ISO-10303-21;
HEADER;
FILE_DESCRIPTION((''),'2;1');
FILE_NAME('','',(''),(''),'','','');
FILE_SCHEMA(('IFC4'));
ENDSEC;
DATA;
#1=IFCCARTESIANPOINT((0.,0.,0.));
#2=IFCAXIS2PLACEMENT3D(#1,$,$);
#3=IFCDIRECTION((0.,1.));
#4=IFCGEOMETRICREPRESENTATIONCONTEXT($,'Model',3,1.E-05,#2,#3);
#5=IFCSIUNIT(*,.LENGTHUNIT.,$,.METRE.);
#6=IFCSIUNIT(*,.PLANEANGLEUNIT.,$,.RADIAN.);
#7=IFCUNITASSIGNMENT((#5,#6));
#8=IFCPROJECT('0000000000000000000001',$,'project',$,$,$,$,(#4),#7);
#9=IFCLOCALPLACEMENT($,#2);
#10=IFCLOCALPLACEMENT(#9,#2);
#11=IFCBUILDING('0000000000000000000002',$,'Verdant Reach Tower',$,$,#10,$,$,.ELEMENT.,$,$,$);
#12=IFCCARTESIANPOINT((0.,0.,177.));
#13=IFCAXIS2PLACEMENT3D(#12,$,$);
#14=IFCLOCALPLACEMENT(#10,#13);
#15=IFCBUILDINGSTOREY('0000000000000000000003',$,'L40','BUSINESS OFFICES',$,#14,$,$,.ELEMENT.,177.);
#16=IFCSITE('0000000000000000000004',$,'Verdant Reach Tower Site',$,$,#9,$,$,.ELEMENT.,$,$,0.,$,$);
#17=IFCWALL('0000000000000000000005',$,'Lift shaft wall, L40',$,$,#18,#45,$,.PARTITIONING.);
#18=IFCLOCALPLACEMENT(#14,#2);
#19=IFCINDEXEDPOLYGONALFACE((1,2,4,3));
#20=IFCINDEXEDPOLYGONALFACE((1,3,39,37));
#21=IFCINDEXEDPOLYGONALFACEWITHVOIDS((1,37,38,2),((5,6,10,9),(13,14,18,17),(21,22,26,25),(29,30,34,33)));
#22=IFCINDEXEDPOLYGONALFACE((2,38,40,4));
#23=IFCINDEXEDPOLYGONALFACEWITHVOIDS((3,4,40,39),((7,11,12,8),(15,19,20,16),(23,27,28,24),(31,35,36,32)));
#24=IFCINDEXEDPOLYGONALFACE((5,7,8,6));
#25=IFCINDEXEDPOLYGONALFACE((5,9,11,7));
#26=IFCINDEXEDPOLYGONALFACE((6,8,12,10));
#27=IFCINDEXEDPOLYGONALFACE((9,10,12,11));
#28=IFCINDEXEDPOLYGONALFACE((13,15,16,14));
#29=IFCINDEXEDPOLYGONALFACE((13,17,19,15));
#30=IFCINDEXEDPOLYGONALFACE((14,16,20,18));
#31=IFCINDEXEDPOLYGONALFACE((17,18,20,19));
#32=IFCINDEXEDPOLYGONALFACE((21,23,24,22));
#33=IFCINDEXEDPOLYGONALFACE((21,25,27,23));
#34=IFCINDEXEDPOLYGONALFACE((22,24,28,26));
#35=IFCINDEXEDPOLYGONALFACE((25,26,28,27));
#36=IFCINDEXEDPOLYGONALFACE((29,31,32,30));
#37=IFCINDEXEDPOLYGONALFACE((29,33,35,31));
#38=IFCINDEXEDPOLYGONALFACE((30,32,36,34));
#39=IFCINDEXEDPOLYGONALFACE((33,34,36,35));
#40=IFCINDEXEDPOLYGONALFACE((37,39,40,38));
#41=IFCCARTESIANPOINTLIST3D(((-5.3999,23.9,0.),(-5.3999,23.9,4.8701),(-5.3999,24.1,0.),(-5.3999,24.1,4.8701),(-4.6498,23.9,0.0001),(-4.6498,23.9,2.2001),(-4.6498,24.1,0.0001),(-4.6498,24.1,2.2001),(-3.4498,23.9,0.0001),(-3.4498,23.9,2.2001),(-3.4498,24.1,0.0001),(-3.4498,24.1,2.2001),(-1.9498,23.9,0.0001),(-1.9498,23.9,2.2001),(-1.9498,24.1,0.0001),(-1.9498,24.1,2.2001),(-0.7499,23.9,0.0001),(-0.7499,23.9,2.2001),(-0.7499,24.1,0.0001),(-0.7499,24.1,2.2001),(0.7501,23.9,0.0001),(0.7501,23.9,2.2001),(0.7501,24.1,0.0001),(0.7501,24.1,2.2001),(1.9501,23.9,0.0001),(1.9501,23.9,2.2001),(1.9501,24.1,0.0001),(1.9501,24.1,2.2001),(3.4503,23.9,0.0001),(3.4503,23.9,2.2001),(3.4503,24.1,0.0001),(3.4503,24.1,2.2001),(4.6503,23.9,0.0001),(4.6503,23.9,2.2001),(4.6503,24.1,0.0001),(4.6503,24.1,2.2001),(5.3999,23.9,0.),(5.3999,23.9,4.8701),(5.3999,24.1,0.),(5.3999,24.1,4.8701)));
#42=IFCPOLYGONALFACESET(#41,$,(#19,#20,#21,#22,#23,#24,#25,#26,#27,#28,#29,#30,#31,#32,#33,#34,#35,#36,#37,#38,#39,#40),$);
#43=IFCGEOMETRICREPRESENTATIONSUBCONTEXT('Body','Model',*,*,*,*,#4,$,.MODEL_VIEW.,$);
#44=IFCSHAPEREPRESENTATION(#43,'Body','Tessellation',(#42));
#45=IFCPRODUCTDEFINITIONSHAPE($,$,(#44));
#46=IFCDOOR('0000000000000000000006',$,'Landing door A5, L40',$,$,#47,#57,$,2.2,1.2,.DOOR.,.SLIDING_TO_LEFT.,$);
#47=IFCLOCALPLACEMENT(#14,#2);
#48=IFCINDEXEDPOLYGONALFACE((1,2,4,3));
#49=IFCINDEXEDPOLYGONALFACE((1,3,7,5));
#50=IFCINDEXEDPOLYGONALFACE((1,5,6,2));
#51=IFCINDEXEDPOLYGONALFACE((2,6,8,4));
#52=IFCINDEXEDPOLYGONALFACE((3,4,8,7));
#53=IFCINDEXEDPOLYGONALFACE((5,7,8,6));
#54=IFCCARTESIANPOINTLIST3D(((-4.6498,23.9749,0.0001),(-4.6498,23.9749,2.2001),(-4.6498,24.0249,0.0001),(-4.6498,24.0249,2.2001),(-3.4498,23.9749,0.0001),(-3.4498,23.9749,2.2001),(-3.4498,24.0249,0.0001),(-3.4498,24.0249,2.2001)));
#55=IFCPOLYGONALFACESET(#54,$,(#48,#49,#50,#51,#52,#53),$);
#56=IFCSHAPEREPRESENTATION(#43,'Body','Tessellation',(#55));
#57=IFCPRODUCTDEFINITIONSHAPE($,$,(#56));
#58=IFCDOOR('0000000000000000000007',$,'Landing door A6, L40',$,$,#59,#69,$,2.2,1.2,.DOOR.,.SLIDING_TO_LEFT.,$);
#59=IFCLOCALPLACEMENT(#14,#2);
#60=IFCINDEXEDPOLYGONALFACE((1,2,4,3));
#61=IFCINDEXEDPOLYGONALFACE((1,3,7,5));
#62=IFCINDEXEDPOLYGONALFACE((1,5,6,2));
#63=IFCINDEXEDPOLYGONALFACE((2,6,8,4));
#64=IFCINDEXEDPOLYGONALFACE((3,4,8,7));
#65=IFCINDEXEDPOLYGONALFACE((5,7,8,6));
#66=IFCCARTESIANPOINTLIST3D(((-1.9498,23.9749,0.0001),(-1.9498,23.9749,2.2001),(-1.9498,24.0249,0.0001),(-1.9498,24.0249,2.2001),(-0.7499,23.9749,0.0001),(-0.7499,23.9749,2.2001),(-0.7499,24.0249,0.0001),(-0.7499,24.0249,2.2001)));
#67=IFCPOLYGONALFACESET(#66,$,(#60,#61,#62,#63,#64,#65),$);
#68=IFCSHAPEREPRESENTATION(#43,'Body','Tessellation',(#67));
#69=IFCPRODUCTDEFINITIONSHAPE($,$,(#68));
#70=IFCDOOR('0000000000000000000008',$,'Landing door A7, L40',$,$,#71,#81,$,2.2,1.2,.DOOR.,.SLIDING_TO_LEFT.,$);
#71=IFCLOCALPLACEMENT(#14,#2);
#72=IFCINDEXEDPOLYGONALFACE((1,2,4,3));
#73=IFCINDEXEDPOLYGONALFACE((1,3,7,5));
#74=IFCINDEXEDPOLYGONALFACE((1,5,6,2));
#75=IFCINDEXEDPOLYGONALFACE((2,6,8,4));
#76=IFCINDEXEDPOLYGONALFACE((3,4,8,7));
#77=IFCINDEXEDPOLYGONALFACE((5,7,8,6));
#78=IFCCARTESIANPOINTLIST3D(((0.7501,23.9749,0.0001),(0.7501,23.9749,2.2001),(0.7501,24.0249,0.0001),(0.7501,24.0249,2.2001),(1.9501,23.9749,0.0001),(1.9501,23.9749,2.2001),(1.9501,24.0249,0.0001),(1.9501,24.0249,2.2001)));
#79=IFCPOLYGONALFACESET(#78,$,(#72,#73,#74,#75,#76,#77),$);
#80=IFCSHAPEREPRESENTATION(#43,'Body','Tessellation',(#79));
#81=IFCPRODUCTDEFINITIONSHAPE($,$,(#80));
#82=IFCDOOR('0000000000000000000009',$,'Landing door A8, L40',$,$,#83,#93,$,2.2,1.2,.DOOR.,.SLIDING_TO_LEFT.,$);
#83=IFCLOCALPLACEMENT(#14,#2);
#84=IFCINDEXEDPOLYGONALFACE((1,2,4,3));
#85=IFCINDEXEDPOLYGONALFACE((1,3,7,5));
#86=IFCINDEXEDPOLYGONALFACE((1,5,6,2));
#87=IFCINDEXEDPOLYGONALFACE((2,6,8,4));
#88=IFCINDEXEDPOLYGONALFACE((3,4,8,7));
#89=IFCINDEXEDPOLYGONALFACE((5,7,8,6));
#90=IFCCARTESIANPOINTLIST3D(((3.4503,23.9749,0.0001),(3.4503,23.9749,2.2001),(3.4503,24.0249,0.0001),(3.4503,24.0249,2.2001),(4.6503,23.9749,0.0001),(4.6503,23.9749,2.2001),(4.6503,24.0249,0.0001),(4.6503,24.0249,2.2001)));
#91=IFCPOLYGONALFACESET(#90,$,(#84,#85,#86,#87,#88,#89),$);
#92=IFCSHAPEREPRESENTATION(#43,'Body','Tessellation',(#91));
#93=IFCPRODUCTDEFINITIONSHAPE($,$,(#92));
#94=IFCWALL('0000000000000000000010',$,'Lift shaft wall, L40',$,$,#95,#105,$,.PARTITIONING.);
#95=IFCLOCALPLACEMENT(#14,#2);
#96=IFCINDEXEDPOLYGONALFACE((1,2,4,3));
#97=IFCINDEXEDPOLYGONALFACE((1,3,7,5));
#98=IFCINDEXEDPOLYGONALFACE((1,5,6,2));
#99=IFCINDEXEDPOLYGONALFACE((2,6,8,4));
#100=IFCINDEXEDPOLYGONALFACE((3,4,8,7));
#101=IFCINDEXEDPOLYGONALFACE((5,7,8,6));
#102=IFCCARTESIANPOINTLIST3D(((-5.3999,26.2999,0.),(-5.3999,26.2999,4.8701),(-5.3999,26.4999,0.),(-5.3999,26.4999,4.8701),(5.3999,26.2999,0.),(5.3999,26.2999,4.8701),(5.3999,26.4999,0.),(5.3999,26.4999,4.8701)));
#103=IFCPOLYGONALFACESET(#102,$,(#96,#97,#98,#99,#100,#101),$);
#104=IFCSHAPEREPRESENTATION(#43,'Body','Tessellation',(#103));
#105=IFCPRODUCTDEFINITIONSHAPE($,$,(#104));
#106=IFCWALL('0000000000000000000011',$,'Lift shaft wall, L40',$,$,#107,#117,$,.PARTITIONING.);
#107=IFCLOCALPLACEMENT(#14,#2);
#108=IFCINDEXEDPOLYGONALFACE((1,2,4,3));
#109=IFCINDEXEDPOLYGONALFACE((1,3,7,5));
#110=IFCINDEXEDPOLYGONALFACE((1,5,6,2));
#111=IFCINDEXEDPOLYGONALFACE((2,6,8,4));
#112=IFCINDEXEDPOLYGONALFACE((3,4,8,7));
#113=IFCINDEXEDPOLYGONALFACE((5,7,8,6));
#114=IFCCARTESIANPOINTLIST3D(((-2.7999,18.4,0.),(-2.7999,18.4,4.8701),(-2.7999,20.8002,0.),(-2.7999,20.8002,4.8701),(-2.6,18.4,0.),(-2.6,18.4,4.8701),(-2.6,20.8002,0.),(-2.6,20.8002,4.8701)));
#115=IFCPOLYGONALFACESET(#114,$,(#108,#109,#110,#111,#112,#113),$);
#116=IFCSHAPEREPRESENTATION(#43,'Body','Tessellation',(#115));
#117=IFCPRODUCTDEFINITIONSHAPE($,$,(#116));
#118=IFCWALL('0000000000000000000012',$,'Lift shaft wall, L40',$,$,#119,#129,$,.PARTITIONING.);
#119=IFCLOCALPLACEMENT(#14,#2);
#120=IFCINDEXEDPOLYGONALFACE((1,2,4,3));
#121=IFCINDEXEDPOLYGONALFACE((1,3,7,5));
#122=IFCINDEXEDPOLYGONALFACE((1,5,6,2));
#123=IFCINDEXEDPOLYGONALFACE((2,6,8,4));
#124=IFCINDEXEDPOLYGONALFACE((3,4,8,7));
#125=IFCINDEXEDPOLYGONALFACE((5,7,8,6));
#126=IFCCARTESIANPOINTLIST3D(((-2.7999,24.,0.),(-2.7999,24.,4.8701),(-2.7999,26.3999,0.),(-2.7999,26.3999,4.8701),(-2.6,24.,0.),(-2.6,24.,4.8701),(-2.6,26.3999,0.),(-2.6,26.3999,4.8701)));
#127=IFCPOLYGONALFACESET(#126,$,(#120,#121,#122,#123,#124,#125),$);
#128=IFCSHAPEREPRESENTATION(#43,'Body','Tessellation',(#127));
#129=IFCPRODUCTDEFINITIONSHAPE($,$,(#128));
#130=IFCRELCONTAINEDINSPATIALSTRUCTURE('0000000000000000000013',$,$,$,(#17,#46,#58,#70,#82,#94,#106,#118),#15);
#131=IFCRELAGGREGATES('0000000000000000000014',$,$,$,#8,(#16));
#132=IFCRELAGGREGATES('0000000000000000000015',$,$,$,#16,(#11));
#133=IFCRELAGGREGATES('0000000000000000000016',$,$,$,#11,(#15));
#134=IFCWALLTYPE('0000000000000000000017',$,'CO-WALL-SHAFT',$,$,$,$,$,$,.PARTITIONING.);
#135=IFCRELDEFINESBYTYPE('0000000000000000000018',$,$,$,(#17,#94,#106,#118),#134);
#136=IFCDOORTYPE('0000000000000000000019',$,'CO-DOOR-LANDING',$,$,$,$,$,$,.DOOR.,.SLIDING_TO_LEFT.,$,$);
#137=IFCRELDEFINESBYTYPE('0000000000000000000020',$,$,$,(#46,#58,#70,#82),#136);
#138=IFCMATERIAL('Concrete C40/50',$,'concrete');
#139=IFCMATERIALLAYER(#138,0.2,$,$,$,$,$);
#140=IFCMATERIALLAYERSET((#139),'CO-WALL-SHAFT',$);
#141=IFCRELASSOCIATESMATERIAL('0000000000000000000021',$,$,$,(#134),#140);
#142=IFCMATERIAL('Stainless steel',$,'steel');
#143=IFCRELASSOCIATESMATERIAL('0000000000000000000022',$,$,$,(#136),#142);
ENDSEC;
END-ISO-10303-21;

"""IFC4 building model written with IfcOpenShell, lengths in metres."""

from ifc_helpers import new_model, si_unit, direction, frame, frame_2d, origin, place, context, subcontext, project, spatial, rectangle, extrude, material, layer, layer_set, type_object, element, fill, save


model = new_model("IFC4")

# Units and contexts
model_context = context("Model", 3, precision=1e-05, world=origin(), true_north=direction((0.0, 1.0)))
body_context = subcontext(model_context, "Body", "Model", "MODEL_VIEW")
ifc_project = project(units=[si_unit("LENGTHUNIT", "METRE"), si_unit("PLANEANGLEUNIT", "RADIAN")], contexts=[model_context])

# Site, building, storey
site_placement = place(None, origin())
site = spatial("IfcSite", under=ifc_project, at=site_placement, Name="Verdant Reach Tower Site", CompositionType="ELEMENT", RefElevation=0.0)
building_placement = place(site_placement, origin())
building = spatial("IfcBuilding", under=site, at=building_placement, Name="Verdant Reach Tower", CompositionType="ELEMENT")
storey_placement = place(building_placement, frame((0.0, 0.0, 177.0)))
storey = spatial("IfcBuildingStorey", under=building, at=storey_placement, Name="L40", Description="BUSINESS OFFICES", CompositionType="ELEMENT", Elevation=177.0)

# Wall, openings, doors
ifc_material_1 = material(Name="Concrete C40/50", Category="concrete")
ifc_layer_1 = layer(ifc_material_1, 0.2)
ifc_layer_set_1 = layer_set([ifc_layer_1], Name="CO-WALL-SHAFT")
wall_type_1 = type_object("IfcWallType", Name="CO-WALL-SHAFT", PredefinedType="PARTITIONING", material=ifc_layer_set_1)
ifc_material_2 = material(Name="Stainless steel", Category="steel")
door_type_1 = type_object("IfcDoorType", Name="CO-DOOR-LANDING", OperationType="SLIDING_TO_LEFT", PredefinedType="DOOR", material=ifc_material_2)
wall_1_placement = place(storey_placement, frame((-5.3999, 24.0, 0.0), z_axis=(0.0, 0.0, 1.0), x_axis=(1.0, 0.0, 0.0)))
wall_1 = element("IfcWall", 1, at=wall_1_placement, inside=storey, type_object=wall_type_1, Name="Lift shaft wall, L40", PredefinedType="PARTITIONING", context=body_context, shape_type="SweptSolid", body=[
    extrude(rectangle(XDim=10.7998, YDim=0.2, at=frame_2d((5.3999, 0.0))), origin(), (0.0, 0.0, 1.0), 4.8701),
])
opening_1_placement = place(wall_1_placement, frame((0.75, 0.0, 0.0)))
opening_1 = element("IfcOpeningElement", 2, at=opening_1_placement, cuts=wall_1, PredefinedType="OPENING", context=body_context, shape_type="SweptSolid", body=[
    extrude(rectangle(XDim=1.2, YDim=2.2, at=frame_2d((0.6001, 1.1001))), frame((0.0, 0.1099, 0.0), z_axis=(0.0, -1.0, 0.0), x_axis=(1.0, 0.0, 0.0)), (0.0, 0.0, 1.0), 0.22),
])
opening_2_placement = place(wall_1_placement, frame((3.45, 0.0, 0.0)))
opening_2 = element("IfcOpeningElement", 3, at=opening_2_placement, cuts=wall_1, PredefinedType="OPENING", context=body_context, shape_type="SweptSolid", body=[
    extrude(rectangle(XDim=1.2, YDim=2.2, at=frame_2d((0.6001, 1.1001))), frame((0.0, 0.1099, 0.0), z_axis=(0.0, -1.0, 0.0), x_axis=(1.0, 0.0, 0.0)), (0.0, 0.0, 1.0), 0.22),
])
opening_3_placement = place(wall_1_placement, frame((6.1499, 0.0, 0.0)))
opening_3 = element("IfcOpeningElement", 4, at=opening_3_placement, cuts=wall_1, PredefinedType="OPENING", context=body_context, shape_type="SweptSolid", body=[
    extrude(rectangle(XDim=1.2, YDim=2.2, at=frame_2d((0.6001, 1.1001))), frame((0.0, 0.1099, 0.0), z_axis=(0.0, -1.0, 0.0), x_axis=(1.0, 0.0, 0.0)), (0.0, 0.0, 1.0), 0.22),
])
opening_4_placement = place(wall_1_placement, frame((8.8501, 0.0, 0.0)))
opening_4 = element("IfcOpeningElement", 5, at=opening_4_placement, cuts=wall_1, PredefinedType="OPENING", context=body_context, shape_type="SweptSolid", body=[
    extrude(rectangle(XDim=1.2, YDim=2.2, at=frame_2d((0.6001, 1.1001))), frame((0.0, 0.1099, 0.0), z_axis=(0.0, -1.0, 0.0), x_axis=(1.0, 0.0, 0.0)), (0.0, 0.0, 1.0), 0.22),
])
door_1_placement = place(opening_1_placement, origin())
door_1 = element("IfcDoor", 6, at=door_1_placement, inside=storey, type_object=door_type_1, Name="Landing door A5, L40", OperationType="SLIDING_TO_LEFT", OverallHeight=2.2, OverallWidth=1.2, PredefinedType="DOOR", context=body_context, shape_type="SweptSolid", body=[
    extrude(rectangle(XDim=1.2, YDim=2.2, at=frame_2d((0.6001, 1.1001))), frame((0.0, 0.0249, 0.0), z_axis=(0.0, -1.0, 0.0), x_axis=(1.0, 0.0, 0.0)), (0.0, 0.0, 1.0), 0.05),
])
fill(opening_1, door_1)
door_2_placement = place(opening_2_placement, origin())
door_2 = element("IfcDoor", 7, at=door_2_placement, inside=storey, type_object=door_type_1, Name="Landing door A6, L40", OperationType="SLIDING_TO_LEFT", OverallHeight=2.2, OverallWidth=1.2, PredefinedType="DOOR", context=body_context, shape_type="SweptSolid", body=[
    extrude(rectangle(XDim=1.2, YDim=2.2, at=frame_2d((0.6001, 1.1001))), frame((0.0, 0.0249, 0.0), z_axis=(0.0, -1.0, 0.0), x_axis=(1.0, 0.0, 0.0)), (0.0, 0.0, 1.0), 0.05),
])
fill(opening_2, door_2)
door_3_placement = place(opening_3_placement, origin())
door_3 = element("IfcDoor", 8, at=door_3_placement, inside=storey, type_object=door_type_1, Name="Landing door A7, L40", OperationType="SLIDING_TO_LEFT", OverallHeight=2.2, OverallWidth=1.2, PredefinedType="DOOR", context=body_context, shape_type="SweptSolid", body=[
    extrude(rectangle(XDim=1.2, YDim=2.2, at=frame_2d((0.6001, 1.1001))), frame((0.0, 0.0249, 0.0), z_axis=(0.0, -1.0, 0.0), x_axis=(1.0, 0.0, 0.0)), (0.0, 0.0, 1.0), 0.05),
])
fill(opening_3, door_3)
door_4_placement = place(opening_4_placement, origin())
door_4 = element("IfcDoor", 9, at=door_4_placement, inside=storey, type_object=door_type_1, Name="Landing door A8, L40", OperationType="SLIDING_TO_LEFT", OverallHeight=2.2, OverallWidth=1.2, PredefinedType="DOOR", context=body_context, shape_type="SweptSolid", body=[
    extrude(rectangle(XDim=1.2, YDim=2.2, at=frame_2d((0.6001, 1.1001))), frame((0.0, 0.0249, 0.0), z_axis=(0.0, -1.0, 0.0), x_axis=(1.0, 0.0, 0.0)), (0.0, 0.0, 1.0), 0.05),
])
fill(opening_4, door_4)

# Walls
wall_2_placement = place(storey_placement, frame((-5.3999, 26.3999, 0.0), z_axis=(0.0, 0.0, 1.0), x_axis=(1.0, 0.0, 0.0)))
element("IfcWall", 10, at=wall_2_placement, inside=storey, type_object=wall_type_1, Name="Lift shaft wall, L40", PredefinedType="PARTITIONING", context=body_context, shape_type="SweptSolid", body=[
    extrude(rectangle(XDim=10.7998, YDim=0.2, at=frame_2d((5.3999, 0.0))), origin(), (0.0, 0.0, 1.0), 4.8701),
])
wall_3_placement = place(storey_placement, frame((-2.7, 18.3999, 0.0), z_axis=(0.0, 0.0, 1.0), x_axis=(0.0, 1.0, 0.0)))
element("IfcWall", 11, at=wall_3_placement, inside=storey, type_object=wall_type_1, Name="Lift shaft wall, L40", PredefinedType="PARTITIONING", context=body_context, shape_type="SweptSolid", body=[
    extrude(rectangle(XDim=2.4001, YDim=0.2, at=frame_2d((1.2002, 0.0))), origin(), (0.0, 0.0, 1.0), 4.8701),
])
wall_4_placement = place(storey_placement, frame((-2.7, 24.0, 0.0), z_axis=(0.0, 0.0, 1.0), x_axis=(0.0, 1.0, 0.0)))
element("IfcWall", 12, at=wall_4_placement, inside=storey, type_object=wall_type_1, Name="Lift shaft wall, L40", PredefinedType="PARTITIONING", context=body_context, shape_type="SweptSolid", body=[
    extrude(rectangle(XDim=2.3999, YDim=0.2, at=frame_2d((1.2, 0.0))), origin(), (0.0, 0.0, 1.0), 4.8701),
])

save(model, "model.ifc")
